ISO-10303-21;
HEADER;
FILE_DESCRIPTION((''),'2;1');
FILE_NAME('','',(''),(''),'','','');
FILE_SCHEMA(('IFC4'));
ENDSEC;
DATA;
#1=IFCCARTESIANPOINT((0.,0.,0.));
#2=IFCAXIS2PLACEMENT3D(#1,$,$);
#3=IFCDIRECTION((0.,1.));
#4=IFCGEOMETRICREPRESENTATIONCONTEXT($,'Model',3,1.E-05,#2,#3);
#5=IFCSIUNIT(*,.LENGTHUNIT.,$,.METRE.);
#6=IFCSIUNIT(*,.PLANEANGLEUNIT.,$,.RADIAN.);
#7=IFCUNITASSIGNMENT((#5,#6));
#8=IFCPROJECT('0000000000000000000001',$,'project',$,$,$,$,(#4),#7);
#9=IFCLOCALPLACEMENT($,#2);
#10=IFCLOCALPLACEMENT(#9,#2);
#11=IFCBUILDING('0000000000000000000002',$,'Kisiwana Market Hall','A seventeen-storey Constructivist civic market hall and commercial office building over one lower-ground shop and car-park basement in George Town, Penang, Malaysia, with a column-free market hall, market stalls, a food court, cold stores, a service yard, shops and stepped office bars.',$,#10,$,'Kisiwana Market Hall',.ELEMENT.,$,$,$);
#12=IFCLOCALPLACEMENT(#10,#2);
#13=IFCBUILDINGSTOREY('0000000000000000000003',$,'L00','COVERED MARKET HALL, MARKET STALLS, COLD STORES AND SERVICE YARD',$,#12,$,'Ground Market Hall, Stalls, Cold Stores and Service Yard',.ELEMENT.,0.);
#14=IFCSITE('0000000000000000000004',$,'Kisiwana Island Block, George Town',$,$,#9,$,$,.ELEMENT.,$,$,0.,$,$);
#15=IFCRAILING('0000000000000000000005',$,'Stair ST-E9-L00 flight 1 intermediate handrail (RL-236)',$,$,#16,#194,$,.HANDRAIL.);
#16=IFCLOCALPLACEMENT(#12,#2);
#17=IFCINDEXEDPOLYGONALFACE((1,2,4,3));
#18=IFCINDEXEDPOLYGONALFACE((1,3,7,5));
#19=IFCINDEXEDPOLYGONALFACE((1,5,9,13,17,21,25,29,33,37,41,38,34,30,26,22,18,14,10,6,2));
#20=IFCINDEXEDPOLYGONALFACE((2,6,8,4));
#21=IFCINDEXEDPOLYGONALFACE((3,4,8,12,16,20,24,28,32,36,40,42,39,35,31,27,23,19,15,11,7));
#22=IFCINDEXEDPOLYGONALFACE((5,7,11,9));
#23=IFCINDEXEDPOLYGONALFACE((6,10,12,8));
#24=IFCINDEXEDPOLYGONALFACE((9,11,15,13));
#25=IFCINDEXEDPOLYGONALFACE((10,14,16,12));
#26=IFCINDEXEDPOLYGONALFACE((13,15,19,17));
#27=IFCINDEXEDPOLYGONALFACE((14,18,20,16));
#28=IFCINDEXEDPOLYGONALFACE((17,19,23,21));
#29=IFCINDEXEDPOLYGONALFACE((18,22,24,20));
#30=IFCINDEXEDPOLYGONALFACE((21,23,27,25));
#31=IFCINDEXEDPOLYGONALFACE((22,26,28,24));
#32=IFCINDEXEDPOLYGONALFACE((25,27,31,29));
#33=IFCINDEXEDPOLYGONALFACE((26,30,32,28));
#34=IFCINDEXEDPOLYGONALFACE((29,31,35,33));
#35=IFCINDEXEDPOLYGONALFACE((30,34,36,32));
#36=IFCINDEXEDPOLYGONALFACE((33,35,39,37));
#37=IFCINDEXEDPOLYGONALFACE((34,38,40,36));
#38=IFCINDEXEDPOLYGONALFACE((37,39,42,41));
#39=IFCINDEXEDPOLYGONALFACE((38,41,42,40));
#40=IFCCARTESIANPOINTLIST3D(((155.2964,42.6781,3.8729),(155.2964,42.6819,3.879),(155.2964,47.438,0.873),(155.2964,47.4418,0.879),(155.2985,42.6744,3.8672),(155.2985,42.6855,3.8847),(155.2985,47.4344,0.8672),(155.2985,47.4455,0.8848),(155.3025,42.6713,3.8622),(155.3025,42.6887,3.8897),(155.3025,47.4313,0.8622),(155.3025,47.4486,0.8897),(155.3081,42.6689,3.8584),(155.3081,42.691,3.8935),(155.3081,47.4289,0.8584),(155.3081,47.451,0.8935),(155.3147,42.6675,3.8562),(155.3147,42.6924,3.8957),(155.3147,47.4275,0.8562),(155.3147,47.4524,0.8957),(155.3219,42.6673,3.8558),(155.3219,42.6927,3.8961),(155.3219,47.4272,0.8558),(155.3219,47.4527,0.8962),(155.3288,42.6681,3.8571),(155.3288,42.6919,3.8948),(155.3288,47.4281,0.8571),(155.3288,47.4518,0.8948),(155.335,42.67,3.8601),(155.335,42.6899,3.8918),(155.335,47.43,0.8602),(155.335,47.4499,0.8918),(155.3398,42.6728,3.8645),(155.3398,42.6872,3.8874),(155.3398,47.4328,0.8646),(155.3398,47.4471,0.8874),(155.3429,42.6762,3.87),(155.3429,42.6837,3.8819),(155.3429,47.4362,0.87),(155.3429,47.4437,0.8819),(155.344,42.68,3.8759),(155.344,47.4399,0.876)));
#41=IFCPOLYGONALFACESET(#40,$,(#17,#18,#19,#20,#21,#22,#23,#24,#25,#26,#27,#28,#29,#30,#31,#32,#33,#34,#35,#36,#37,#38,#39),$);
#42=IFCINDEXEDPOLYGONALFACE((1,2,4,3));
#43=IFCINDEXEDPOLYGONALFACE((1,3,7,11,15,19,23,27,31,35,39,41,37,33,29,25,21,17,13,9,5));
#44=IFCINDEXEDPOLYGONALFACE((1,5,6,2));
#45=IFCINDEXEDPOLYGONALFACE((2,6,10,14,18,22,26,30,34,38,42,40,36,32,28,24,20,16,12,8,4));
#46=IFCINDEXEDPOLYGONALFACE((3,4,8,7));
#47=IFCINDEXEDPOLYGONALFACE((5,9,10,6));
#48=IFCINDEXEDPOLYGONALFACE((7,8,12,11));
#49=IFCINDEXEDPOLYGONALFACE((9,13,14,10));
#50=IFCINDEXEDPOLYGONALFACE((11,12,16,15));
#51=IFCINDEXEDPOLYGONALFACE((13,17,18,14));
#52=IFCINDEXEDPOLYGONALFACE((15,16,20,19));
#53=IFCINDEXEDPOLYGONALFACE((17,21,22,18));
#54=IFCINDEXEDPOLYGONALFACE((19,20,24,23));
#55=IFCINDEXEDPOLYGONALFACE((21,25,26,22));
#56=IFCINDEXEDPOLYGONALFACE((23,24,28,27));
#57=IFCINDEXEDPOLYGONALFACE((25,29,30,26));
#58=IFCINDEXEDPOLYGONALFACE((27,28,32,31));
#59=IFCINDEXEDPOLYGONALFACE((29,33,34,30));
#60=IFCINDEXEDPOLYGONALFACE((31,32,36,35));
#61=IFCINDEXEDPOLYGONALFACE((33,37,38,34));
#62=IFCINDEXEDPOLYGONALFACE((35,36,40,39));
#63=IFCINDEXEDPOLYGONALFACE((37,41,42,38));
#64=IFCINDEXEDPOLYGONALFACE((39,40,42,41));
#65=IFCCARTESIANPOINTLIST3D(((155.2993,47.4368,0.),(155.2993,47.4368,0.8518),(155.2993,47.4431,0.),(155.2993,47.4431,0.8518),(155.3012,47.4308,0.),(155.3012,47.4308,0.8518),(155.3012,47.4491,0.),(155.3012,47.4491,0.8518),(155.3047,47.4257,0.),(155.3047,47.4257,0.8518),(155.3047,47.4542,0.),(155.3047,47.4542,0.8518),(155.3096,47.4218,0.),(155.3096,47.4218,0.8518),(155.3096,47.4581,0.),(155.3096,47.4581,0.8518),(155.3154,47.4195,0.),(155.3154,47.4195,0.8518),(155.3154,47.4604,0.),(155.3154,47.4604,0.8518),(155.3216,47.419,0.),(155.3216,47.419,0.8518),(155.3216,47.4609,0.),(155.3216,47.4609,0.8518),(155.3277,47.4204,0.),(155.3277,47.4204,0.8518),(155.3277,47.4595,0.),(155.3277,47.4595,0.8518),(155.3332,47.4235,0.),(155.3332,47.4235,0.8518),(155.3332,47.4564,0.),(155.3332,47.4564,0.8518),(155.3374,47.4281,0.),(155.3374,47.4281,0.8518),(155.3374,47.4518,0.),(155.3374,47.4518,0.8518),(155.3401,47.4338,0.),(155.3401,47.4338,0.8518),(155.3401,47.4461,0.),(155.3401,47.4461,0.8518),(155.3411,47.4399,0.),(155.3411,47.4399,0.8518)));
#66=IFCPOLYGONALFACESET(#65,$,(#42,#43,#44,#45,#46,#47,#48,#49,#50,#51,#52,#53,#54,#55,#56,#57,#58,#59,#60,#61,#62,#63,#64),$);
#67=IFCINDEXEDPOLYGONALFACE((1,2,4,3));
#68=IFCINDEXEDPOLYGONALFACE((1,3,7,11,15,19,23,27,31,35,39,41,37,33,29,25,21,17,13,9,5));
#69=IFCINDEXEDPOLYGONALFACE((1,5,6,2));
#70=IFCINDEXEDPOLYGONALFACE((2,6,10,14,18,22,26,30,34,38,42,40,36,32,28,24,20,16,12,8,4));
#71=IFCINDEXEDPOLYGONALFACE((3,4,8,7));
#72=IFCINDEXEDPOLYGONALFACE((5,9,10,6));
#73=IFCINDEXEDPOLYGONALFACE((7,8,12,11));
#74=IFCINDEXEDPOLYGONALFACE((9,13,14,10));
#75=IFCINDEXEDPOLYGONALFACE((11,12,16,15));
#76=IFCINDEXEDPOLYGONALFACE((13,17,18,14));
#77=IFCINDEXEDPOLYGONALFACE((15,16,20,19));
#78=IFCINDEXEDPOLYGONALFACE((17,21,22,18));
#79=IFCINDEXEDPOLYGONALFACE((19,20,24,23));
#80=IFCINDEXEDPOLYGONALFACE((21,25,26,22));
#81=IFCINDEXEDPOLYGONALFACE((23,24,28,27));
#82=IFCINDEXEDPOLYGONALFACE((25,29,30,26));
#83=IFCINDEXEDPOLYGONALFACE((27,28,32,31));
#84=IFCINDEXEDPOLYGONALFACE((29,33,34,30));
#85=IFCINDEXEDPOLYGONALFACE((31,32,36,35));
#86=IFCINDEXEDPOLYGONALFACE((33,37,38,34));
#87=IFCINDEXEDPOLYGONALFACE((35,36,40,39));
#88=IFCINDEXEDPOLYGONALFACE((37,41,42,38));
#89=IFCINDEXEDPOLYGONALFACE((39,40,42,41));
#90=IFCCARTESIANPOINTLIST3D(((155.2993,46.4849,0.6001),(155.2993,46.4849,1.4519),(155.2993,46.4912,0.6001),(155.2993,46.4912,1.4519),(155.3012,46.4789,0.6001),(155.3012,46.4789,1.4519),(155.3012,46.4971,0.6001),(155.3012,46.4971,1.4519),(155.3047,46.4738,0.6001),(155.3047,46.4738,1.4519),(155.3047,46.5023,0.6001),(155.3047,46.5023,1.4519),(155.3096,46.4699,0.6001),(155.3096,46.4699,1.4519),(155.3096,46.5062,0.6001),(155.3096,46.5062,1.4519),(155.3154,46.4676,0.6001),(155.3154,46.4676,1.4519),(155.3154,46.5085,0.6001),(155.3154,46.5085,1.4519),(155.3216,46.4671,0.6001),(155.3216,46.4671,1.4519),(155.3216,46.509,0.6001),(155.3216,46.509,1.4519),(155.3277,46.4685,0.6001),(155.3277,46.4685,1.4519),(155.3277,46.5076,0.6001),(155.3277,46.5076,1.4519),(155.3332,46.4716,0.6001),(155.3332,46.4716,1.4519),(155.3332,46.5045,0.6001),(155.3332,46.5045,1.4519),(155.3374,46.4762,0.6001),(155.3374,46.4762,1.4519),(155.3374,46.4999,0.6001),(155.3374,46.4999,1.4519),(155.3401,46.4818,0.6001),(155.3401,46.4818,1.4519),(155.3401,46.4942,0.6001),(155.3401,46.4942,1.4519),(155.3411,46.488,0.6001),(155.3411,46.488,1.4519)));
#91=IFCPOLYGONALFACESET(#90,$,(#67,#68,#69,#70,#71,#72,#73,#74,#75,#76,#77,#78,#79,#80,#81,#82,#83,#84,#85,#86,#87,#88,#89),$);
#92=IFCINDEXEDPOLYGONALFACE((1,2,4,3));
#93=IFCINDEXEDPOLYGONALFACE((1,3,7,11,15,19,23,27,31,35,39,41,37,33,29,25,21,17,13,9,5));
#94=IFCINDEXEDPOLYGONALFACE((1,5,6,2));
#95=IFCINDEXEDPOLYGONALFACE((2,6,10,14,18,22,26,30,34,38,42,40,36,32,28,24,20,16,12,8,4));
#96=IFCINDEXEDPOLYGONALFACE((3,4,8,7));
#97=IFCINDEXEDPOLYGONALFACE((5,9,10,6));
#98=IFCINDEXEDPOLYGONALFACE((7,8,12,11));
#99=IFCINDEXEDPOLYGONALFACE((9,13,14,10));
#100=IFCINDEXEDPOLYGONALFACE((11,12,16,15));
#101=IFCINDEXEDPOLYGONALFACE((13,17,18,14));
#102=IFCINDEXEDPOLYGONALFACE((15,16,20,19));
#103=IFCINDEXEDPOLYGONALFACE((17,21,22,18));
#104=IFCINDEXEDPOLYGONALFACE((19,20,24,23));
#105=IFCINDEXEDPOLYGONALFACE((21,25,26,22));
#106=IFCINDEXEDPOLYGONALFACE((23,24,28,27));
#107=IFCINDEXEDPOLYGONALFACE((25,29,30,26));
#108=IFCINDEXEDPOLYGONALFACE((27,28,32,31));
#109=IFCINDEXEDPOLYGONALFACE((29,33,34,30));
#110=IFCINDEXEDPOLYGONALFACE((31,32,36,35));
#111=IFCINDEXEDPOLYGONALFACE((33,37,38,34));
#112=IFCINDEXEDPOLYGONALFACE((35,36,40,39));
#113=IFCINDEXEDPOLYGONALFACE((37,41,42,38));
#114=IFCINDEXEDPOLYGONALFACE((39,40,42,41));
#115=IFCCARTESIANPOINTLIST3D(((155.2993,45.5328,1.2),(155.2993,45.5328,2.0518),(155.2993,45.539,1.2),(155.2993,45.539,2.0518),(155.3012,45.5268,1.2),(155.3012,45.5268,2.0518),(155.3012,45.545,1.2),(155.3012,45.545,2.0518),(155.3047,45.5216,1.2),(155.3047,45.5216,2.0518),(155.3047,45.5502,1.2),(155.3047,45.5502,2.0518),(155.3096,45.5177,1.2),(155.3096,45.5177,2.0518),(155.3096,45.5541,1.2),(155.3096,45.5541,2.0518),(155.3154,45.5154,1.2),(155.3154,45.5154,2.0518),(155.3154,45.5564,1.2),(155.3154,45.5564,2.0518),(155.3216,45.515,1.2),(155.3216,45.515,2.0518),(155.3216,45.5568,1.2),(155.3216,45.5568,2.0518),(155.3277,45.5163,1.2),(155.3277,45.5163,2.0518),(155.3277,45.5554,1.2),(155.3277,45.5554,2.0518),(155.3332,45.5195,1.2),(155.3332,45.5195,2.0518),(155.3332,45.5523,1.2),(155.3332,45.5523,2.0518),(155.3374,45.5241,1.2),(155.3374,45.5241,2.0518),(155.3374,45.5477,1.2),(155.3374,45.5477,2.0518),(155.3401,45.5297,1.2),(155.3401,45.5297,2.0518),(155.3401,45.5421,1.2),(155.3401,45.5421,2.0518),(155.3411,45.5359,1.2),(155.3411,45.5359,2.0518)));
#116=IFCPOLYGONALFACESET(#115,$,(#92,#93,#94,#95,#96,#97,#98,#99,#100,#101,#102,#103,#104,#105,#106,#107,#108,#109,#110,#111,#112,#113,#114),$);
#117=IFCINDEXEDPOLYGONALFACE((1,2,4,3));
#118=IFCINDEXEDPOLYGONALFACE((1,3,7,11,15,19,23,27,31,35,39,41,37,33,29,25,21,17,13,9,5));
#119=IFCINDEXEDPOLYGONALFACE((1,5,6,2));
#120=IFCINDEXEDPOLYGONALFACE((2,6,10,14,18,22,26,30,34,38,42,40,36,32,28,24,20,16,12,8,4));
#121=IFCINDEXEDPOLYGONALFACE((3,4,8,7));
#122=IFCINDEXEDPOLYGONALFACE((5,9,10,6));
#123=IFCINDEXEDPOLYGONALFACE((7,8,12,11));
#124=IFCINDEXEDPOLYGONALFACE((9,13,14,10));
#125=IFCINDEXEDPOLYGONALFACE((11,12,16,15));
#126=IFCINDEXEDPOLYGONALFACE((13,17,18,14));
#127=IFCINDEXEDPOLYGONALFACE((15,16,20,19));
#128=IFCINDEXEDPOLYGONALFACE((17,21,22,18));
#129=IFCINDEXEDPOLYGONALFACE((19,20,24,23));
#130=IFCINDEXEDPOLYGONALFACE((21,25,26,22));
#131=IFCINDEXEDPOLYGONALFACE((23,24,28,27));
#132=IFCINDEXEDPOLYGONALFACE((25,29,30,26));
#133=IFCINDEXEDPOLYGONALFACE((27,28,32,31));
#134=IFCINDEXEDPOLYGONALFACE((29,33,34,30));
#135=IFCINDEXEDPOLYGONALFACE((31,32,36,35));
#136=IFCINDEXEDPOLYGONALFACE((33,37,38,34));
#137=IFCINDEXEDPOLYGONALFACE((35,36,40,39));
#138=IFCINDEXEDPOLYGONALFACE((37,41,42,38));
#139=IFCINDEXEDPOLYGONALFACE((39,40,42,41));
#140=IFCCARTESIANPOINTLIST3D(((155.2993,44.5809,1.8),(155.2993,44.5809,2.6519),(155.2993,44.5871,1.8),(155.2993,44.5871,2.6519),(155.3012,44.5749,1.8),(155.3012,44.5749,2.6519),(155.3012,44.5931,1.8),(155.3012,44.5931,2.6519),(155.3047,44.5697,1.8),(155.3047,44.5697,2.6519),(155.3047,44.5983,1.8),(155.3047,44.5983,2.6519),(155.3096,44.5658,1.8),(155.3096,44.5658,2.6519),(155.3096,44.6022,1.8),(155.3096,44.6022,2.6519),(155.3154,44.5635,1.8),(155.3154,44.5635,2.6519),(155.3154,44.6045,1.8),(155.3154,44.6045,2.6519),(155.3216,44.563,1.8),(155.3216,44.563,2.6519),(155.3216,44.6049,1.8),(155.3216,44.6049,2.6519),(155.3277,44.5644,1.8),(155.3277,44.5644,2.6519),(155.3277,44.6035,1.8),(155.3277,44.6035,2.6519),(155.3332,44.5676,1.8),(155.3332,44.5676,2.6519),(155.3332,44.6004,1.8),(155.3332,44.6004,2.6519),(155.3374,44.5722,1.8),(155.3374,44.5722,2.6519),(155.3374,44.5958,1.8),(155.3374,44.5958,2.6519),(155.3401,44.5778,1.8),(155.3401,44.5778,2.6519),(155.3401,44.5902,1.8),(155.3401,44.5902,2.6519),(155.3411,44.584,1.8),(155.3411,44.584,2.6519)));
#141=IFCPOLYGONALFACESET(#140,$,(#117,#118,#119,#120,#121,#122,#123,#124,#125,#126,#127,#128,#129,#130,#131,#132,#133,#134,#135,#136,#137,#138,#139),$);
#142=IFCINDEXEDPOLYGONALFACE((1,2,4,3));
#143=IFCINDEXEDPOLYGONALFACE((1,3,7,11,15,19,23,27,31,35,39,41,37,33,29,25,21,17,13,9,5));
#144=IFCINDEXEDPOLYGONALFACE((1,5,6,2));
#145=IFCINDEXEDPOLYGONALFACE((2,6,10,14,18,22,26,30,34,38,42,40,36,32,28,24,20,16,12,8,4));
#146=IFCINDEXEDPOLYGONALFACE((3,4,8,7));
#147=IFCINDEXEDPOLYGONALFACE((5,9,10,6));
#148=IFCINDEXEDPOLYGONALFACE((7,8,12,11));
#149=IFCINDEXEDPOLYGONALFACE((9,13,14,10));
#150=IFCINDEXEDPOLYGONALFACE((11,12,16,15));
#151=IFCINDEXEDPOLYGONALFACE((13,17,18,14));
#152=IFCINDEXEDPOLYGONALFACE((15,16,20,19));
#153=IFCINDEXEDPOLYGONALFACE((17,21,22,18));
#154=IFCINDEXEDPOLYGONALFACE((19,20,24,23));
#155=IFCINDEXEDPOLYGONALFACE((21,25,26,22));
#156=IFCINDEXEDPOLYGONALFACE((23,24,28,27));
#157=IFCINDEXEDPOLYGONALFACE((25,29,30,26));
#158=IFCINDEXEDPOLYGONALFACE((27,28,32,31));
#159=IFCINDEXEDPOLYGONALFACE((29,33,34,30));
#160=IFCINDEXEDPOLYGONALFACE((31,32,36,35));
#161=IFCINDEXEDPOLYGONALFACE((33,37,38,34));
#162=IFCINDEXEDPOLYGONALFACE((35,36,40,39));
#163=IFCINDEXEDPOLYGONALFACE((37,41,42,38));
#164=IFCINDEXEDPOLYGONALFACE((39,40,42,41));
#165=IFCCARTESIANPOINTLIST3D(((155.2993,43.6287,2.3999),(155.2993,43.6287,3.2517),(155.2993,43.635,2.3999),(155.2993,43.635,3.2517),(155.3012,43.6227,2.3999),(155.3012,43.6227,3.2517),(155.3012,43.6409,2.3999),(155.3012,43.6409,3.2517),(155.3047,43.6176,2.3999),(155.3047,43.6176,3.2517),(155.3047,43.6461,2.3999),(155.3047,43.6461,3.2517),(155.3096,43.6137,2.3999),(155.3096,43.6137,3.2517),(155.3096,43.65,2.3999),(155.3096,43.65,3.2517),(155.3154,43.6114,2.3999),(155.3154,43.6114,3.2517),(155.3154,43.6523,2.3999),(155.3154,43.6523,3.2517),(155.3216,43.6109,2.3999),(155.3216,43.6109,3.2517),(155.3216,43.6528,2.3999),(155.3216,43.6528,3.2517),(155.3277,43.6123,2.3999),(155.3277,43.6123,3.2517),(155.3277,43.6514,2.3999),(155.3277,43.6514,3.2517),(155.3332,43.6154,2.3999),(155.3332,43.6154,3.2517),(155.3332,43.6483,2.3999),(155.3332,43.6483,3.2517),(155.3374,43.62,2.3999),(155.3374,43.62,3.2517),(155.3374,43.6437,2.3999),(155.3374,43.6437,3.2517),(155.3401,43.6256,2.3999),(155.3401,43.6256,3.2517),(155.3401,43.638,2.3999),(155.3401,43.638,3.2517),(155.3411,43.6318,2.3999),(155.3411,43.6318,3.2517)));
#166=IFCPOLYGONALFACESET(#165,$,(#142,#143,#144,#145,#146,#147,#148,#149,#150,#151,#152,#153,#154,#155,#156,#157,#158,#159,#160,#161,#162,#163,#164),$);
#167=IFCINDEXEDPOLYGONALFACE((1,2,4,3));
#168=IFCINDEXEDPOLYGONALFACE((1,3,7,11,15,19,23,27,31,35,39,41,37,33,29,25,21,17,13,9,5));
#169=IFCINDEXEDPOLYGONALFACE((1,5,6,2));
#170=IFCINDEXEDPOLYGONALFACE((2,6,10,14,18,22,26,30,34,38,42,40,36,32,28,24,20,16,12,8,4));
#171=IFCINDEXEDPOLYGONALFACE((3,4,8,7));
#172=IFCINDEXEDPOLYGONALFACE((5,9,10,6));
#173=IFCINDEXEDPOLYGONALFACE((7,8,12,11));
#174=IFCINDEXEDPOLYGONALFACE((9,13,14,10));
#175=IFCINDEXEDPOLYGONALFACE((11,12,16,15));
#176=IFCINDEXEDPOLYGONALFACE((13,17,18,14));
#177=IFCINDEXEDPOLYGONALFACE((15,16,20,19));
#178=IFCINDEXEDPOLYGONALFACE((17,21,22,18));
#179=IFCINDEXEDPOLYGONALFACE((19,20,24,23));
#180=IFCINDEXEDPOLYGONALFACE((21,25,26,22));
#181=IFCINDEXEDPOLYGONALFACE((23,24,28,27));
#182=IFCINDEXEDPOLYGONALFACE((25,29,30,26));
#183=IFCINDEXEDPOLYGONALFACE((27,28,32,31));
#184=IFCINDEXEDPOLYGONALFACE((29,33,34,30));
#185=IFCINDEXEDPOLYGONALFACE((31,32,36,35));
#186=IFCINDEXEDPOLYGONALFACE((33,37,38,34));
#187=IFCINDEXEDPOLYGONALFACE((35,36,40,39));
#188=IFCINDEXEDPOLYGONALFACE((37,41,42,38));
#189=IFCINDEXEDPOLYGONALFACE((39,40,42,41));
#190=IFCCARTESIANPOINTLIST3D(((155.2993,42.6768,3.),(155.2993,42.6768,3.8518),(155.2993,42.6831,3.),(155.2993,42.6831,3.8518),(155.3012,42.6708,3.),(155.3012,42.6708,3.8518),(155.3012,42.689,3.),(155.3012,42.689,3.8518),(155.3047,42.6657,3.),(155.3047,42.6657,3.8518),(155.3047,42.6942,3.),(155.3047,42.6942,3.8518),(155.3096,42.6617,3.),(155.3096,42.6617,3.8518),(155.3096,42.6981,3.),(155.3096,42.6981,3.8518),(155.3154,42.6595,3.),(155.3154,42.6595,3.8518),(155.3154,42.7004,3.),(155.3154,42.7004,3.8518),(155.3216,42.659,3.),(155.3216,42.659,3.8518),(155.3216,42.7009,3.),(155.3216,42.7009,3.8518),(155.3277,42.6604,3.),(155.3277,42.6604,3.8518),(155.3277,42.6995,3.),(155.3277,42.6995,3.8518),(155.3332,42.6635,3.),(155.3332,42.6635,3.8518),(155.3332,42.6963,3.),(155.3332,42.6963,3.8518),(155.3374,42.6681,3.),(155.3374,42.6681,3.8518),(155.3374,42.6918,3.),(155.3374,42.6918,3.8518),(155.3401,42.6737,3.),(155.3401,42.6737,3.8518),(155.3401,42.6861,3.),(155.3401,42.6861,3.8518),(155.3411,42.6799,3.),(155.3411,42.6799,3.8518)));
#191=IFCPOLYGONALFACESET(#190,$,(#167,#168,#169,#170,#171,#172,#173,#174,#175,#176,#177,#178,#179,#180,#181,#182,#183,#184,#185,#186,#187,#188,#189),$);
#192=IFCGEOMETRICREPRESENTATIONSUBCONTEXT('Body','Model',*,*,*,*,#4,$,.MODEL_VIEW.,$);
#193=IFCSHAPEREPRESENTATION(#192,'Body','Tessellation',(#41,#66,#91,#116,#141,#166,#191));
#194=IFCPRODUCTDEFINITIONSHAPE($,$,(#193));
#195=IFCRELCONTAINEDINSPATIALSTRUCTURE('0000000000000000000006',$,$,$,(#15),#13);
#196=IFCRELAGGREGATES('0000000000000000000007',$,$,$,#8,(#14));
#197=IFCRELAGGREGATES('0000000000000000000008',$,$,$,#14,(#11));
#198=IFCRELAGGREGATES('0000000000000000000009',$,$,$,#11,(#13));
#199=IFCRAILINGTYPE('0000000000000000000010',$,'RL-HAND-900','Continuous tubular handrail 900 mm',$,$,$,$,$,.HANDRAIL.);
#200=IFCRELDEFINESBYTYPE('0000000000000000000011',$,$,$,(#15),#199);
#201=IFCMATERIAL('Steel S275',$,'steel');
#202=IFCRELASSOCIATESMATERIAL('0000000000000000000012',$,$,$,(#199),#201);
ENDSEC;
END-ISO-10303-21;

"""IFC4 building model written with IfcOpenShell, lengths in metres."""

from ifc_helpers import new_model, si_unit, direction, frame, origin, origin_2d, place, context, subcontext, project, spatial, circle, extrude, material, type_object, element, save


model = new_model("IFC4")

# Units and contexts
model_context = context("Model", 3, precision=1e-05, world=origin(), true_north=direction((0.0, 1.0)))
body_context = subcontext(model_context, "Body", "Model", "MODEL_VIEW")
ifc_project = project(units=[si_unit("LENGTHUNIT", "METRE"), si_unit("PLANEANGLEUNIT", "RADIAN")], contexts=[model_context])

# Site, building, storey
site_placement = place(None, origin())
site = spatial("IfcSite", under=ifc_project, at=site_placement, Name="Kisiwana Island Block, George Town", CompositionType="ELEMENT", RefElevation=0.0)
building_placement = place(site_placement, origin())
building = spatial("IfcBuilding", under=site, at=building_placement, Name="Kisiwana Market Hall", Description="A seventeen-storey Constructivist civic market hall and commercial office building over one lower-ground shop and car-park basement in George Town, Penang, Malaysia, with a column-free market hall, market stalls, a food court, cold stores, a service yard, shops and stepped office bars.", LongName="Kisiwana Market Hall", CompositionType="ELEMENT")
storey_placement = place(building_placement, origin())
storey = spatial("IfcBuildingStorey", under=building, at=storey_placement, Name="L00", Description="COVERED MARKET HALL, MARKET STALLS, COLD STORES AND SERVICE YARD", LongName="Ground Market Hall, Stalls, Cold Stores and Service Yard", CompositionType="ELEMENT", Elevation=0.0)

# Railing
ifc_material_1 = material(Name="Steel S275", Category="steel")
railing_type_1 = type_object("IfcRailingType", Name="RL-HAND-900", Description="Continuous tubular handrail 900 mm", PredefinedType="HANDRAIL", material=ifc_material_1)
railing_1_placement = place(storey_placement, frame((155.3201, 47.4399, 0.0)))
element("IfcRailing", 1, at=railing_1_placement, inside=storey, type_object=railing_type_1, Name="Stair ST-E9-L00 flight 1 intermediate handrail (RL-236)", PredefinedType="HANDRAIL", context=body_context, shape_type="SweptSolid", body=[
    extrude(circle(Radius=0.0239, at=origin_2d()), frame((0.0, 0.0, 0.876), z_axis=(0.0, -0.845996, 0.53319), x_axis=(1.0, 0.0, 0.0)), (0.0, 0.0, 1.0), 5.6265),
    extrude(circle(Radius=0.021, at=origin_2d()), origin(), (0.0, 0.0, 1.0), 0.8518),
    extrude(circle(Radius=0.021, at=origin_2d()), frame((0.0, -0.9519, 0.6001)), (0.0, 0.0, 1.0), 0.8518),
    extrude(circle(Radius=0.021, at=origin_2d()), frame((0.0, -1.9041, 1.2)), (0.0, 0.0, 1.0), 0.8518),
    extrude(circle(Radius=0.021, at=origin_2d()), frame((0.0, -2.856, 1.8)), (0.0, 0.0, 1.0), 0.8518),
    extrude(circle(Radius=0.021, at=origin_2d()), frame((0.0, -3.8081, 2.3999)), (0.0, 0.0, 1.0), 0.8518),
    extrude(circle(Radius=0.021, at=origin_2d()), frame((0.0, -4.76, 3.0)), (0.0, 0.0, 1.0), 0.8518),
])

save(model, "model.ifc")
